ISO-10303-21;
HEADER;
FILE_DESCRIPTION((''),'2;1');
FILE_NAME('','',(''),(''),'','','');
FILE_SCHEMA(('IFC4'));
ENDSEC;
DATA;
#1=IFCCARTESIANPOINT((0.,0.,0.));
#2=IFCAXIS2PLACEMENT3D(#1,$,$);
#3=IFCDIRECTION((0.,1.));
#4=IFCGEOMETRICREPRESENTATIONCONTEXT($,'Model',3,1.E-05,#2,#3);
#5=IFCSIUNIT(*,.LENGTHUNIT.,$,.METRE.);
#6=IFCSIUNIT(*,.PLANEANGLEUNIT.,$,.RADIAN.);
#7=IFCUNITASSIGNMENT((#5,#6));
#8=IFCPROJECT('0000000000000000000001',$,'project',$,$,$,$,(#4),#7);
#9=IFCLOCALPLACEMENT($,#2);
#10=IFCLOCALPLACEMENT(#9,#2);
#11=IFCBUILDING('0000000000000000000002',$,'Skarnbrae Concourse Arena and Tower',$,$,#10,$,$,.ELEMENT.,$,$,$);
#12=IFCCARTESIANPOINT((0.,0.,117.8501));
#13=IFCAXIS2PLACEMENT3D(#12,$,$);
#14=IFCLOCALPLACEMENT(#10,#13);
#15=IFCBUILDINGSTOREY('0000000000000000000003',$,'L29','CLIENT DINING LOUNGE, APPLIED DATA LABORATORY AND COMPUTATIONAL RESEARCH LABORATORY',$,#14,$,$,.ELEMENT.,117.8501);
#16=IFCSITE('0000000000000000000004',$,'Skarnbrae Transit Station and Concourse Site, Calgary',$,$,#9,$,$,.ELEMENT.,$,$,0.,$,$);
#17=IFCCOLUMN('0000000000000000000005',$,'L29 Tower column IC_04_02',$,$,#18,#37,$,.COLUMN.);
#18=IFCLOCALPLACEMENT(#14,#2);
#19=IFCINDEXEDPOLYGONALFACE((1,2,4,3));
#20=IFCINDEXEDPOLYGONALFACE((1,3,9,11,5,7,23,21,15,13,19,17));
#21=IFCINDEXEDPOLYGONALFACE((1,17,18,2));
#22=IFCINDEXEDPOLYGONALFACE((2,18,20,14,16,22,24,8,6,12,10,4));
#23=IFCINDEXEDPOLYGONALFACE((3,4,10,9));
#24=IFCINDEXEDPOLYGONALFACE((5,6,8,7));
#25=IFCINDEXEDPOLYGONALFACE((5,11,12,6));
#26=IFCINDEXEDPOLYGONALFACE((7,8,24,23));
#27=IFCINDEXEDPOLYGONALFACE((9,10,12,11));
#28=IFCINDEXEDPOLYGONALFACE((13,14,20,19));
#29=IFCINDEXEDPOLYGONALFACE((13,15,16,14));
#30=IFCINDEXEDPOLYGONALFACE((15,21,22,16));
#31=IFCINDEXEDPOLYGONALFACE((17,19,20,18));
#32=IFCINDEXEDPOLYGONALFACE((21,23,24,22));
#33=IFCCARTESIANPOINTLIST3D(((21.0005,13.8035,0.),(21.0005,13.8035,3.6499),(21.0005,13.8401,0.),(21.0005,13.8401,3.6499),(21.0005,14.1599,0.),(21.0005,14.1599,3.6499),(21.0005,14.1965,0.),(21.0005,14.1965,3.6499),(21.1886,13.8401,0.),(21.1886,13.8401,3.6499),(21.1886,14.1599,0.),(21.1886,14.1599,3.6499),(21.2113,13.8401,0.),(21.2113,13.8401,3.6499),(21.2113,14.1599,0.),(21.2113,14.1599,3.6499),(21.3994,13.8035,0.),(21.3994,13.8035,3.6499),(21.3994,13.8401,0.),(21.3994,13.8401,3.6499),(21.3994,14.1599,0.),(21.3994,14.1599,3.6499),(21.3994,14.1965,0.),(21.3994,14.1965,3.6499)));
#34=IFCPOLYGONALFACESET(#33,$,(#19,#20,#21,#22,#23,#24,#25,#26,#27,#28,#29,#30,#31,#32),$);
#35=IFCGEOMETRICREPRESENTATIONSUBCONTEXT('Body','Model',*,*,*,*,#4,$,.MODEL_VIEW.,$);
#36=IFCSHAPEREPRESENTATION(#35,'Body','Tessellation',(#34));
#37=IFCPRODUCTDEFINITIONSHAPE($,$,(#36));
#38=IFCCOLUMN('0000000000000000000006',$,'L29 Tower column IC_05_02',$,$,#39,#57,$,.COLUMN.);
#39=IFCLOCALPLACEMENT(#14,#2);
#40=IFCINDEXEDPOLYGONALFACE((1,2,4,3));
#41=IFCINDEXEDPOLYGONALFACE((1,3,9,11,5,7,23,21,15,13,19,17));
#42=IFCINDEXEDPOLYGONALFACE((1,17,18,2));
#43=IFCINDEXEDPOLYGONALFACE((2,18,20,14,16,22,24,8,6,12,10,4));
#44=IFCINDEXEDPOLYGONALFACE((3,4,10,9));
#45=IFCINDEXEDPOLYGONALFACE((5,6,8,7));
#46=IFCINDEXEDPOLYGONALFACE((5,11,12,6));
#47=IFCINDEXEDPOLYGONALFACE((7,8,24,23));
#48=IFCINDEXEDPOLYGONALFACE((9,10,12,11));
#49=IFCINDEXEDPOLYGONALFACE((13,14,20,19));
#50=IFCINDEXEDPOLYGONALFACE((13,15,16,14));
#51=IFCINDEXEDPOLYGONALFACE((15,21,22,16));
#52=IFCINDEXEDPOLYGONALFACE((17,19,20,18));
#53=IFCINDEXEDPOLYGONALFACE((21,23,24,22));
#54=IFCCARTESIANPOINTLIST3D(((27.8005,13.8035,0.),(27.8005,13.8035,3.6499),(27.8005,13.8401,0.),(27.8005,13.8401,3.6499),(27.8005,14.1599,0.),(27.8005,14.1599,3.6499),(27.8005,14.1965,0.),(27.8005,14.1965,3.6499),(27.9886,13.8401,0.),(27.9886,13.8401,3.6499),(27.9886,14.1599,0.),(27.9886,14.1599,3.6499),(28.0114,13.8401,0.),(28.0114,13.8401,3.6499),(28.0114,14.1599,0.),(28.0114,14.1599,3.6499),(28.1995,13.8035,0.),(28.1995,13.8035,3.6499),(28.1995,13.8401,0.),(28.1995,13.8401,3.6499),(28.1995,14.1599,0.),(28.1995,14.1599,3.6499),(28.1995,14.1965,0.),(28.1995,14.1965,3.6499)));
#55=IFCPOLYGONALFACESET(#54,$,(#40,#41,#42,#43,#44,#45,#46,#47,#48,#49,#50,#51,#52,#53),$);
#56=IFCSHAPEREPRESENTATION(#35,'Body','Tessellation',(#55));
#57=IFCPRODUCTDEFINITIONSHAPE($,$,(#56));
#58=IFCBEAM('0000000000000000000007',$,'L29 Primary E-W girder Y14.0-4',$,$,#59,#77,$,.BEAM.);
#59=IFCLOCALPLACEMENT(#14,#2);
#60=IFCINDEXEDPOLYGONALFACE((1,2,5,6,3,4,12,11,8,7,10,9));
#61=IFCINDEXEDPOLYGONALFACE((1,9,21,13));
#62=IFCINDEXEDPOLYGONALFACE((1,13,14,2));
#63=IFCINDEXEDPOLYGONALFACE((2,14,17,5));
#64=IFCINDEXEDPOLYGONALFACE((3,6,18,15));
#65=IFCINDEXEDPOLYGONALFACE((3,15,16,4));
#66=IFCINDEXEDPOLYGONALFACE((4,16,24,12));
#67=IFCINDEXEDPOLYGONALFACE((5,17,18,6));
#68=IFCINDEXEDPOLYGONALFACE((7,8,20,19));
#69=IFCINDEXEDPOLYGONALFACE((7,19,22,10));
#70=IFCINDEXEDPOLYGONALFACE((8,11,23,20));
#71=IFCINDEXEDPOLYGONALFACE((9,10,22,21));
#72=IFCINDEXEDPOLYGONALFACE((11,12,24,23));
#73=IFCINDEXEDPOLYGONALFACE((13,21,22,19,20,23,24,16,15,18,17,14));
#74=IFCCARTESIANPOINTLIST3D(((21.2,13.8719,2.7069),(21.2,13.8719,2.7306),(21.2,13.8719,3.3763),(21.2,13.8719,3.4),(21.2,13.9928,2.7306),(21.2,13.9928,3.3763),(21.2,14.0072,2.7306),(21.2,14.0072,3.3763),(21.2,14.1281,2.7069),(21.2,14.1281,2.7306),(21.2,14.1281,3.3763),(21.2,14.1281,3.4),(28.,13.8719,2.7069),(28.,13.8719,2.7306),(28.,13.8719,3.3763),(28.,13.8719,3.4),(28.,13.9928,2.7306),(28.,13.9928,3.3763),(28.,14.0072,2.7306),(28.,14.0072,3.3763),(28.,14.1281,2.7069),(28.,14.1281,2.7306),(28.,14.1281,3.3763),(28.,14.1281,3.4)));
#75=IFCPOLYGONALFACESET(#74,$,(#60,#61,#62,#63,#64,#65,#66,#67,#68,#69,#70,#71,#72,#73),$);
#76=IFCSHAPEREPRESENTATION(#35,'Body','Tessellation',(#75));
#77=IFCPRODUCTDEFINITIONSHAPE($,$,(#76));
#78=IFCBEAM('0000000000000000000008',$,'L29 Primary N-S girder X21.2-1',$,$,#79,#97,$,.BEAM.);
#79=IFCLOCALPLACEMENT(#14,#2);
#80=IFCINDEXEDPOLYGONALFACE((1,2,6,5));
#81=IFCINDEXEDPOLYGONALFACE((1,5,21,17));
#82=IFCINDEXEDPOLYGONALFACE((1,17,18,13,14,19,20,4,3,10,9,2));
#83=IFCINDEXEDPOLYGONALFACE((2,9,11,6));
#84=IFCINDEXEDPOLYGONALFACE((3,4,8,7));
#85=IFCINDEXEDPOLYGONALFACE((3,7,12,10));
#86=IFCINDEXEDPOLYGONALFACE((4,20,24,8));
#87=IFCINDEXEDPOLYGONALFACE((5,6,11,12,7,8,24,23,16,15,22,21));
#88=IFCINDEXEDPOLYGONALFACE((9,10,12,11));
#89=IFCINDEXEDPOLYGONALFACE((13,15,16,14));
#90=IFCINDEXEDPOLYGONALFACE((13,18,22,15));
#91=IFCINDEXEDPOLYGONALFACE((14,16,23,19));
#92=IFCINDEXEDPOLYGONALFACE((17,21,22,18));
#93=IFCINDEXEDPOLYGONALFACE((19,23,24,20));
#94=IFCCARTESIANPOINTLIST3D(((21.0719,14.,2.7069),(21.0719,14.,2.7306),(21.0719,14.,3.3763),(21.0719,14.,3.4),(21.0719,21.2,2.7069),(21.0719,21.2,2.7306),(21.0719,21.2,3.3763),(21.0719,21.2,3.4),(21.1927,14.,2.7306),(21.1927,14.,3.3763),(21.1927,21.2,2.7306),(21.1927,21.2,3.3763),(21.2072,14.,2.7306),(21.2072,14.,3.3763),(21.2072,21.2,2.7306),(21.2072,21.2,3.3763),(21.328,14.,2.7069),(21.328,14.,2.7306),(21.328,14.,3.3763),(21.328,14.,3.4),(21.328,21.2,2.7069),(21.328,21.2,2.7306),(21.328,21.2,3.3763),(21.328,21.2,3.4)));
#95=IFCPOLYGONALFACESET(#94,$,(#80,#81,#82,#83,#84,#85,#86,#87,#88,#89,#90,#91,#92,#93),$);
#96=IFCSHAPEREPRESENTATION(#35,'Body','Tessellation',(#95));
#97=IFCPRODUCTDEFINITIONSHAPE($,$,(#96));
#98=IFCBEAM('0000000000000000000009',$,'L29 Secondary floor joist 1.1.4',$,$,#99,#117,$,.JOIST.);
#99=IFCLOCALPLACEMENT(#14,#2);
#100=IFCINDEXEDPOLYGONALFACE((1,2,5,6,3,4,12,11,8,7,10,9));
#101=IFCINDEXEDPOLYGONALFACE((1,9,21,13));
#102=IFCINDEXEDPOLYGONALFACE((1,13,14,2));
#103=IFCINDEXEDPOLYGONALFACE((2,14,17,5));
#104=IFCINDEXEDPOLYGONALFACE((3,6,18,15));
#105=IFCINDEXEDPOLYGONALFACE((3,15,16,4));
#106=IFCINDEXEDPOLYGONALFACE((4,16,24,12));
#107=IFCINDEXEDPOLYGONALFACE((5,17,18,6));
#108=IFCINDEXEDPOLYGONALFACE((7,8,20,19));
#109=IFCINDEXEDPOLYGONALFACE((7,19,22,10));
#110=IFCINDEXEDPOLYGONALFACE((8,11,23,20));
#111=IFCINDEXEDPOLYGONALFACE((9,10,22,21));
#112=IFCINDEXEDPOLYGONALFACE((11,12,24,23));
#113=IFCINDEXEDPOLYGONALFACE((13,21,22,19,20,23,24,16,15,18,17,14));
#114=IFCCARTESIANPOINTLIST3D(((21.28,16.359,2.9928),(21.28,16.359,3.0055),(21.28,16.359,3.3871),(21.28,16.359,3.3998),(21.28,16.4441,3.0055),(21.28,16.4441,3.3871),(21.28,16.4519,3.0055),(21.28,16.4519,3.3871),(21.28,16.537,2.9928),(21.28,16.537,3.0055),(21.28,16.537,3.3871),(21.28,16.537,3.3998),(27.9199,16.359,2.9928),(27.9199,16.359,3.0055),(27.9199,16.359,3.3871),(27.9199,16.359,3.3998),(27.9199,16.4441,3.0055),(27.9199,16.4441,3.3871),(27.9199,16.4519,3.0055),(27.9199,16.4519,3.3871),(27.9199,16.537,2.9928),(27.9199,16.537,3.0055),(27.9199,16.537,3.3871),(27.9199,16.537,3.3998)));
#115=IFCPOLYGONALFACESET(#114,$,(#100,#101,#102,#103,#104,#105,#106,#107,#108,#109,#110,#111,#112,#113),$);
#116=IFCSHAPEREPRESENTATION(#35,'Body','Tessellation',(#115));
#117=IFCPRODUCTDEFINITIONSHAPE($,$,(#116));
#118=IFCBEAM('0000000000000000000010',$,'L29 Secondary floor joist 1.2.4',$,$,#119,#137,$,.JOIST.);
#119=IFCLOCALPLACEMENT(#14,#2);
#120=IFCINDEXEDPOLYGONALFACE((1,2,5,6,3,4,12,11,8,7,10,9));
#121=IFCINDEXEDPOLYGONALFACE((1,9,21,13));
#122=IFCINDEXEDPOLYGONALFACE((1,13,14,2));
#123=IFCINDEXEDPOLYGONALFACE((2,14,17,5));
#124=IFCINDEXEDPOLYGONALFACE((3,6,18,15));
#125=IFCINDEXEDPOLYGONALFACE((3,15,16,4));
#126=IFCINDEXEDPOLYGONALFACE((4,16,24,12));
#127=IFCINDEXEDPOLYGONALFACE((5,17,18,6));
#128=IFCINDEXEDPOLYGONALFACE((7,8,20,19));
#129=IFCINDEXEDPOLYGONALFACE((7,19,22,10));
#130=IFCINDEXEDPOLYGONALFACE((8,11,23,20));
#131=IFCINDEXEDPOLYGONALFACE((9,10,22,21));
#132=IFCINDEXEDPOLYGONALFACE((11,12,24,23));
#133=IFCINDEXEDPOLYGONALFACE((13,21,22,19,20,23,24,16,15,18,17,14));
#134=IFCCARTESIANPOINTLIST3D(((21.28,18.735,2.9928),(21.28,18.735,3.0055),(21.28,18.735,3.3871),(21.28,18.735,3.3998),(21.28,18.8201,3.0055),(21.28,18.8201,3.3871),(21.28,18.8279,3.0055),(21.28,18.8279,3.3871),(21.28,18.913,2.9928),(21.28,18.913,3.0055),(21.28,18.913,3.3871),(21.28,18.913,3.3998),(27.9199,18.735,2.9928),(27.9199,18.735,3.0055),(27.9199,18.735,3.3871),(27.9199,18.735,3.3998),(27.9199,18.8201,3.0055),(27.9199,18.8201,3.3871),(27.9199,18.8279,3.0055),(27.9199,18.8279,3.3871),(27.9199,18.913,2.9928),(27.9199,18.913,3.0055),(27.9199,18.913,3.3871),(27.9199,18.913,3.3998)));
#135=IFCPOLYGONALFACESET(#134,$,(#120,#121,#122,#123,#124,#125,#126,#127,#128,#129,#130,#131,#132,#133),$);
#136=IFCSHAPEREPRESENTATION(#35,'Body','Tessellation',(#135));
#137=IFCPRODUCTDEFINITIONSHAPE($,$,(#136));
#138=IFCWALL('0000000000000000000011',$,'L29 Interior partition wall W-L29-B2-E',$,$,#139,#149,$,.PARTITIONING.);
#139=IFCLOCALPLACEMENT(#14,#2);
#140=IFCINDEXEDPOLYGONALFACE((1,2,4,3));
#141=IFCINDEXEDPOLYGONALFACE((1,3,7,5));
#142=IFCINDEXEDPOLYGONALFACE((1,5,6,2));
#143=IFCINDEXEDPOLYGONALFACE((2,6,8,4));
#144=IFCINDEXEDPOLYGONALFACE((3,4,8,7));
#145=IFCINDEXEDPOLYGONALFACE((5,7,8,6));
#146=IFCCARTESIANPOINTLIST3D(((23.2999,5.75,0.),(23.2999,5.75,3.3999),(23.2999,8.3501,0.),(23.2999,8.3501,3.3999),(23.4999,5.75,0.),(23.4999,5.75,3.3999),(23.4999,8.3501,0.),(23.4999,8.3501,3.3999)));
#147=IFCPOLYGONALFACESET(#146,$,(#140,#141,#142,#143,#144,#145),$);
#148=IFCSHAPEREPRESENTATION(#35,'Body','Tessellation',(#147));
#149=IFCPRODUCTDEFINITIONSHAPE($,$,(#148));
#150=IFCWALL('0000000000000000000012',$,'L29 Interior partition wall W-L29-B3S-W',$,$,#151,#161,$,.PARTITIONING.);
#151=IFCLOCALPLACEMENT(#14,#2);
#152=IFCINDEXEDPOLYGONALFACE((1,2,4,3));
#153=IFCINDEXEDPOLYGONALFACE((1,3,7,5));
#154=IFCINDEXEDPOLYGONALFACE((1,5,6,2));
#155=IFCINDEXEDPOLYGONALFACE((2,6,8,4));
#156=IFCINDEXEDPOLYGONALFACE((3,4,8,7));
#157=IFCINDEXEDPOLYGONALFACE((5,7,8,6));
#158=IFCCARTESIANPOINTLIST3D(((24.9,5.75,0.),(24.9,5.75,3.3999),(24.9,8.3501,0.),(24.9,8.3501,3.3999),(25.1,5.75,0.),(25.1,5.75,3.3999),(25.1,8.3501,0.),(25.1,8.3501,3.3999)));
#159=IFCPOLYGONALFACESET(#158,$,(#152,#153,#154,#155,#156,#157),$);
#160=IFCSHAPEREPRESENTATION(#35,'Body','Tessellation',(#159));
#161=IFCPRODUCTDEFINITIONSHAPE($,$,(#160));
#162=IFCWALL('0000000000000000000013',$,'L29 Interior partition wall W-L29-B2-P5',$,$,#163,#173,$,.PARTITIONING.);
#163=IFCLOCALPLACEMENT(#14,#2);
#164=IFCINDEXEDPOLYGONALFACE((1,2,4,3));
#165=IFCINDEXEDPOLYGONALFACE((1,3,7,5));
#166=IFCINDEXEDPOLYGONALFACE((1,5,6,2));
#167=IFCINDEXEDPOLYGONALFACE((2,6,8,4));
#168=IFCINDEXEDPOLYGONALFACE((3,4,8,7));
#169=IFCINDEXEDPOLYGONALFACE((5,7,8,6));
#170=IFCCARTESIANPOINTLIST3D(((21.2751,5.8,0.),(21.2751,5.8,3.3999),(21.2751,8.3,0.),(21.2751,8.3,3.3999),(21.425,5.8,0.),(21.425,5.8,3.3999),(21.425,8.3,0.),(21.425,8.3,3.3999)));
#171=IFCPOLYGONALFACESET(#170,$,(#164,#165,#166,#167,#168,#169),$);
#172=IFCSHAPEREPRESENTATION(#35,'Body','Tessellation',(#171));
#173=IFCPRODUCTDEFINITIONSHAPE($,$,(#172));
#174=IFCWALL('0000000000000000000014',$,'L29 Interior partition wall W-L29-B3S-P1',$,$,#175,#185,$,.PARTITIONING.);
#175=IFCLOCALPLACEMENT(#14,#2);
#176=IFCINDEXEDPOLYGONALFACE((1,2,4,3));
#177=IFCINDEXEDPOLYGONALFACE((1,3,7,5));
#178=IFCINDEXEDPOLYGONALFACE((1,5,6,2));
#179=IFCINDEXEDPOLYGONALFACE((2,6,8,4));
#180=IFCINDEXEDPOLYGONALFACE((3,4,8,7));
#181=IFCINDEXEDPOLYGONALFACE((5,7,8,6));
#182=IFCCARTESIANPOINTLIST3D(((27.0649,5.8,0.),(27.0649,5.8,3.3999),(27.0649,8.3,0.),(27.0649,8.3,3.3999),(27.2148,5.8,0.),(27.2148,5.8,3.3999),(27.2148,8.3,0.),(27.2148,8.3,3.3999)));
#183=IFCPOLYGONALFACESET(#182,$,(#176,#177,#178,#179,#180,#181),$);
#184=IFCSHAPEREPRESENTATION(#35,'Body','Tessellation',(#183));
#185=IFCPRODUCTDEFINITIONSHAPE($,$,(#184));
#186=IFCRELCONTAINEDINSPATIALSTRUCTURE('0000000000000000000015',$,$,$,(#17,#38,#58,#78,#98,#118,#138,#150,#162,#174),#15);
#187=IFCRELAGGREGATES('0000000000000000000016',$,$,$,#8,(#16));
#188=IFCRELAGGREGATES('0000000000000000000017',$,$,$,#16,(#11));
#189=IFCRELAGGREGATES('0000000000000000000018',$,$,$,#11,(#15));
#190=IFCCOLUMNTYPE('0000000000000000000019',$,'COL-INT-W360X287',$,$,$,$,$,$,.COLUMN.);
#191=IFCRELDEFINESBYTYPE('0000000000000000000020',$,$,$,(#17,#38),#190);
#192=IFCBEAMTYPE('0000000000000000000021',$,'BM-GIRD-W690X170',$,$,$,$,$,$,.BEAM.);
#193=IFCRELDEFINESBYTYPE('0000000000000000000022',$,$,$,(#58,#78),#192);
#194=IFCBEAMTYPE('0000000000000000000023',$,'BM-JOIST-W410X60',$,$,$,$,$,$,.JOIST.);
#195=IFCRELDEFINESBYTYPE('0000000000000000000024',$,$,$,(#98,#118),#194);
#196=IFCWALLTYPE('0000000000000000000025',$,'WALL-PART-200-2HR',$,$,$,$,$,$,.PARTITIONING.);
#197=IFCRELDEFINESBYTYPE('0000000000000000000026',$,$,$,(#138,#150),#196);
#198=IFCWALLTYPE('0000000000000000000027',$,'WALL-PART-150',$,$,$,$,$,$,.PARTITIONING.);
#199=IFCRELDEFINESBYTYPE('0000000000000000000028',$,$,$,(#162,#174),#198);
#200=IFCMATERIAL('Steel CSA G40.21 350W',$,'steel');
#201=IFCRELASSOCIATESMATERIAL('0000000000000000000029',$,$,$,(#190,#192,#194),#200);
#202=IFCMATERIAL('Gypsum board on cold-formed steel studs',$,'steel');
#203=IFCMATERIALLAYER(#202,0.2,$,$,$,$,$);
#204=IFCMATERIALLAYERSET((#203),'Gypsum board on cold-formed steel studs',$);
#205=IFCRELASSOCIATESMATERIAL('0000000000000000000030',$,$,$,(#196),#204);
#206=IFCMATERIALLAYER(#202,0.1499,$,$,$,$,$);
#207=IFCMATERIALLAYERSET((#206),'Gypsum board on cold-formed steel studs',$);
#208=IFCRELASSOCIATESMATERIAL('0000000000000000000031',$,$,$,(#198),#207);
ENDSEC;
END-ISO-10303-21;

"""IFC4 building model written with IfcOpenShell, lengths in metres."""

from ifc_helpers import new_model, si_unit, direction, frame, frame_2d, origin, origin_2d, place, context, subcontext, project, spatial, rectangle, i_section, extrude, source, transform, mapped, material, layer, layer_set, material_profile, profile_set, type_object, element, save


model = new_model("IFC4")

# Units and contexts
model_context = context("Model", 3, precision=1e-05, world=origin(), true_north=direction((0.0, 1.0)))
body_context = subcontext(model_context, "Body", "Model", "MODEL_VIEW")
ifc_project = project(units=[si_unit("LENGTHUNIT", "METRE"), si_unit("PLANEANGLEUNIT", "RADIAN")], contexts=[model_context])

# Site, building, storey
site_placement = place(None, origin())
site = spatial("IfcSite", under=ifc_project, at=site_placement, Name="Skarnbrae Transit Station and Concourse Site, Calgary", CompositionType="ELEMENT", RefElevation=0.0)
building_placement = place(site_placement, origin())
building = spatial("IfcBuilding", under=site, at=building_placement, Name="Skarnbrae Concourse Arena and Tower", CompositionType="ELEMENT")
storey_placement = place(building_placement, frame((0.0, 0.0, 117.8501)))
storey = spatial("IfcBuildingStorey", under=building, at=storey_placement, Name="L29", Description="CLIENT DINING LOUNGE, APPLIED DATA LABORATORY AND COMPUTATIONAL RESEARCH LABORATORY", CompositionType="ELEMENT", Elevation=117.8501)

# Columns
ifc_material_1 = material(Name="Steel CSA G40.21 350W", Category="steel")
ifc_material_profile_1 = material_profile(ifc_material_1, i_section(OverallWidth=0.3989, OverallDepth=0.3931, WebThickness=0.0227, FlangeThickness=0.0366, at=origin_2d()), Name="W360X287")
ifc_profile_set_1 = profile_set([ifc_material_profile_1], Name="Steel CSA G40.21 350W")
column_type = type_object("IfcColumnType", Name="COL-INT-W360X287", PredefinedType="COLUMN", material=ifc_profile_set_1)
shared_shape_1 = source(origin(), body_context, "Body", "SweptSolid", [
    extrude(i_section(OverallWidth=0.3989, OverallDepth=0.3931, WebThickness=0.0227, FlangeThickness=0.0366, at=origin_2d()), origin(), (0.0, 0.0, 1.0), 3.6499),
])
for number, where, z_axis, x_axis, name in (
    (1, (21.2, 14.0, 0.0), (0.0, 0.0, 1.0), (1.0, 0.0, 0.0), "L29 Tower column IC_04_02"),
    (2, (28.0, 14.0, 0.0), (0.0, 0.0, 1.0), (1.0, 0.0, 0.0), "L29 Tower column IC_05_02"),
):
    element("IfcColumn", number, at=place(storey_placement, frame(where, z_axis=z_axis, x_axis=x_axis)), inside=storey, type_object=column_type, Name=name, PredefinedType="COLUMN", context=body_context, shape_type="MappedRepresentation", body=[
        mapped(shared_shape_1, transform((0.0, 0.0, 0.0))),
    ])

# Beams
ifc_material_profile_2 = material_profile(ifc_material_1, i_section(OverallWidth=0.2561, OverallDepth=0.6931, WebThickness=0.0144, FlangeThickness=0.0237, at=origin_2d()), Name="W690X170")
ifc_profile_set_2 = profile_set([ifc_material_profile_2], Name="Steel CSA G40.21 350W")
beam_type_1 = type_object("IfcBeamType", Name="BM-GIRD-W690X170", PredefinedType="BEAM", material=ifc_profile_set_2)
shared_shape_2 = source(origin(), body_context, "Body", "SweptSolid", [
    extrude(i_section(OverallWidth=0.2561, OverallDepth=0.6931, WebThickness=0.0144, FlangeThickness=0.0237, at=origin_2d()), origin(), (0.0, 0.0, 1.0), 6.8),
])
beam_1_placement = place(storey_placement, frame((21.2, 14.0, 3.0535), z_axis=(1.0, 0.0, 0.0), x_axis=(0.0, 1.0, 0.0)))
element("IfcBeam", 3, at=beam_1_placement, inside=storey, type_object=beam_type_1, Name="L29 Primary E-W girder Y14.0-4", PredefinedType="BEAM", context=body_context, shape_type="MappedRepresentation", body=[
    mapped(shared_shape_2, transform((0.0, 0.0, 0.0))),
])
shared_shape_3 = source(origin(), body_context, "Body", "SweptSolid", [
    extrude(i_section(OverallWidth=0.2561, OverallDepth=0.6931, WebThickness=0.0144, FlangeThickness=0.0237, at=origin_2d()), origin(), (0.0, 0.0, 1.0), 7.2),
])
beam_2_placement = place(storey_placement, frame((21.2, 14.0, 3.0535), z_axis=(0.0, 1.0, 0.0), x_axis=(-1.0, 0.0, 0.0)))
element("IfcBeam", 4, at=beam_2_placement, inside=storey, type_object=beam_type_1, Name="L29 Primary N-S girder X21.2-1", PredefinedType="BEAM", context=body_context, shape_type="MappedRepresentation", body=[
    mapped(shared_shape_3, transform((0.0, 0.0, 0.0))),
])
ifc_material_profile_3 = material_profile(ifc_material_1, i_section(OverallWidth=0.178, OverallDepth=0.407, WebThickness=0.0078, FlangeThickness=0.0127, at=origin_2d()), Name="W410X60")
ifc_profile_set_3 = profile_set([ifc_material_profile_3], Name="Steel CSA G40.21 350W")
beam_type_2 = type_object("IfcBeamType", Name="BM-JOIST-W410X60", PredefinedType="JOIST", material=ifc_profile_set_3)
shared_shape_4 = source(origin(), body_context, "Body", "SweptSolid", [
    extrude(i_section(OverallWidth=0.178, OverallDepth=0.407, WebThickness=0.0078, FlangeThickness=0.0127, at=origin_2d()), origin(), (0.0, 0.0, 1.0), 6.6399),
])
for number, where, z_axis, x_axis, name in (
    (5, (21.28, 16.448, 3.1963), (1.0, 0.0, 0.0), (0.0, 1.0, 0.0), "L29 Secondary floor joist 1.1.4"),
    (6, (21.28, 18.824, 3.1963), (1.0, 0.0, 0.0), (0.0, 1.0, 0.0), "L29 Secondary floor joist 1.2.4"),
):
    element("IfcBeam", number, at=place(storey_placement, frame(where, z_axis=z_axis, x_axis=x_axis)), inside=storey, type_object=beam_type_2, Name=name, PredefinedType="JOIST", context=body_context, shape_type="MappedRepresentation", body=[
        mapped(shared_shape_4, transform((0.0, 0.0, 0.0))),
    ])

# Walls
ifc_material_2 = material(Name="Gypsum board on cold-formed steel studs", Category="steel")
ifc_layer_1 = layer(ifc_material_2, 0.2)
ifc_layer_set_1 = layer_set([ifc_layer_1], Name="Gypsum board on cold-formed steel studs")
wall_type_1 = type_object("IfcWallType", Name="WALL-PART-200-2HR", PredefinedType="PARTITIONING", material=ifc_layer_set_1)
shared_shape_5 = source(origin(), body_context, "Body", "SweptSolid", [
    extrude(rectangle(XDim=2.6001, YDim=0.2, at=frame_2d((1.3, 0.0))), origin(), (0.0, 0.0, 1.0), 3.3999),
])
for number, where, z_axis, x_axis, name in (
    (7, (23.3999, 5.75, 0.0), (0.0, 0.0, 1.0), (0.0, 1.0, 0.0), "L29 Interior partition wall W-L29-B2-E"),
    (8, (25.0, 5.75, 0.0), (0.0, 0.0, 1.0), (0.0, 1.0, 0.0), "L29 Interior partition wall W-L29-B3S-W"),
):
    element("IfcWall", number, at=place(storey_placement, frame(where, z_axis=z_axis, x_axis=x_axis)), inside=storey, type_object=wall_type_1, Name=name, PredefinedType="PARTITIONING", context=body_context, shape_type="MappedRepresentation", body=[
        mapped(shared_shape_5, transform((0.0, 0.0, 0.0))),
    ])
ifc_layer_2 = layer(ifc_material_2, 0.1499)
ifc_layer_set_2 = layer_set([ifc_layer_2], Name="Gypsum board on cold-formed steel studs")
wall_type_2 = type_object("IfcWallType", Name="WALL-PART-150", PredefinedType="PARTITIONING", material=ifc_layer_set_2)
shared_shape_6 = source(origin(), body_context, "Body", "SweptSolid", [
    extrude(rectangle(XDim=2.5, YDim=0.1499, at=frame_2d((1.25, 0.0))), origin(), (0.0, 0.0, 1.0), 3.3999),
])
for number, where, z_axis, x_axis, name in (
    (9, (21.3501, 5.8, 0.0), (0.0, 0.0, 1.0), (0.0, 1.0, 0.0), "L29 Interior partition wall W-L29-B2-P5"),
    (10, (27.1399, 5.8, 0.0), (0.0, 0.0, 1.0), (0.0, 1.0, 0.0), "L29 Interior partition wall W-L29-B3S-P1"),
):
    element("IfcWall", number, at=place(storey_placement, frame(where, z_axis=z_axis, x_axis=x_axis)), inside=storey, type_object=wall_type_2, Name=name, PredefinedType="PARTITIONING", context=body_context, shape_type="MappedRepresentation", body=[
        mapped(shared_shape_6, transform((0.0, 0.0, 0.0))),
    ])

save(model, "model.ifc")
